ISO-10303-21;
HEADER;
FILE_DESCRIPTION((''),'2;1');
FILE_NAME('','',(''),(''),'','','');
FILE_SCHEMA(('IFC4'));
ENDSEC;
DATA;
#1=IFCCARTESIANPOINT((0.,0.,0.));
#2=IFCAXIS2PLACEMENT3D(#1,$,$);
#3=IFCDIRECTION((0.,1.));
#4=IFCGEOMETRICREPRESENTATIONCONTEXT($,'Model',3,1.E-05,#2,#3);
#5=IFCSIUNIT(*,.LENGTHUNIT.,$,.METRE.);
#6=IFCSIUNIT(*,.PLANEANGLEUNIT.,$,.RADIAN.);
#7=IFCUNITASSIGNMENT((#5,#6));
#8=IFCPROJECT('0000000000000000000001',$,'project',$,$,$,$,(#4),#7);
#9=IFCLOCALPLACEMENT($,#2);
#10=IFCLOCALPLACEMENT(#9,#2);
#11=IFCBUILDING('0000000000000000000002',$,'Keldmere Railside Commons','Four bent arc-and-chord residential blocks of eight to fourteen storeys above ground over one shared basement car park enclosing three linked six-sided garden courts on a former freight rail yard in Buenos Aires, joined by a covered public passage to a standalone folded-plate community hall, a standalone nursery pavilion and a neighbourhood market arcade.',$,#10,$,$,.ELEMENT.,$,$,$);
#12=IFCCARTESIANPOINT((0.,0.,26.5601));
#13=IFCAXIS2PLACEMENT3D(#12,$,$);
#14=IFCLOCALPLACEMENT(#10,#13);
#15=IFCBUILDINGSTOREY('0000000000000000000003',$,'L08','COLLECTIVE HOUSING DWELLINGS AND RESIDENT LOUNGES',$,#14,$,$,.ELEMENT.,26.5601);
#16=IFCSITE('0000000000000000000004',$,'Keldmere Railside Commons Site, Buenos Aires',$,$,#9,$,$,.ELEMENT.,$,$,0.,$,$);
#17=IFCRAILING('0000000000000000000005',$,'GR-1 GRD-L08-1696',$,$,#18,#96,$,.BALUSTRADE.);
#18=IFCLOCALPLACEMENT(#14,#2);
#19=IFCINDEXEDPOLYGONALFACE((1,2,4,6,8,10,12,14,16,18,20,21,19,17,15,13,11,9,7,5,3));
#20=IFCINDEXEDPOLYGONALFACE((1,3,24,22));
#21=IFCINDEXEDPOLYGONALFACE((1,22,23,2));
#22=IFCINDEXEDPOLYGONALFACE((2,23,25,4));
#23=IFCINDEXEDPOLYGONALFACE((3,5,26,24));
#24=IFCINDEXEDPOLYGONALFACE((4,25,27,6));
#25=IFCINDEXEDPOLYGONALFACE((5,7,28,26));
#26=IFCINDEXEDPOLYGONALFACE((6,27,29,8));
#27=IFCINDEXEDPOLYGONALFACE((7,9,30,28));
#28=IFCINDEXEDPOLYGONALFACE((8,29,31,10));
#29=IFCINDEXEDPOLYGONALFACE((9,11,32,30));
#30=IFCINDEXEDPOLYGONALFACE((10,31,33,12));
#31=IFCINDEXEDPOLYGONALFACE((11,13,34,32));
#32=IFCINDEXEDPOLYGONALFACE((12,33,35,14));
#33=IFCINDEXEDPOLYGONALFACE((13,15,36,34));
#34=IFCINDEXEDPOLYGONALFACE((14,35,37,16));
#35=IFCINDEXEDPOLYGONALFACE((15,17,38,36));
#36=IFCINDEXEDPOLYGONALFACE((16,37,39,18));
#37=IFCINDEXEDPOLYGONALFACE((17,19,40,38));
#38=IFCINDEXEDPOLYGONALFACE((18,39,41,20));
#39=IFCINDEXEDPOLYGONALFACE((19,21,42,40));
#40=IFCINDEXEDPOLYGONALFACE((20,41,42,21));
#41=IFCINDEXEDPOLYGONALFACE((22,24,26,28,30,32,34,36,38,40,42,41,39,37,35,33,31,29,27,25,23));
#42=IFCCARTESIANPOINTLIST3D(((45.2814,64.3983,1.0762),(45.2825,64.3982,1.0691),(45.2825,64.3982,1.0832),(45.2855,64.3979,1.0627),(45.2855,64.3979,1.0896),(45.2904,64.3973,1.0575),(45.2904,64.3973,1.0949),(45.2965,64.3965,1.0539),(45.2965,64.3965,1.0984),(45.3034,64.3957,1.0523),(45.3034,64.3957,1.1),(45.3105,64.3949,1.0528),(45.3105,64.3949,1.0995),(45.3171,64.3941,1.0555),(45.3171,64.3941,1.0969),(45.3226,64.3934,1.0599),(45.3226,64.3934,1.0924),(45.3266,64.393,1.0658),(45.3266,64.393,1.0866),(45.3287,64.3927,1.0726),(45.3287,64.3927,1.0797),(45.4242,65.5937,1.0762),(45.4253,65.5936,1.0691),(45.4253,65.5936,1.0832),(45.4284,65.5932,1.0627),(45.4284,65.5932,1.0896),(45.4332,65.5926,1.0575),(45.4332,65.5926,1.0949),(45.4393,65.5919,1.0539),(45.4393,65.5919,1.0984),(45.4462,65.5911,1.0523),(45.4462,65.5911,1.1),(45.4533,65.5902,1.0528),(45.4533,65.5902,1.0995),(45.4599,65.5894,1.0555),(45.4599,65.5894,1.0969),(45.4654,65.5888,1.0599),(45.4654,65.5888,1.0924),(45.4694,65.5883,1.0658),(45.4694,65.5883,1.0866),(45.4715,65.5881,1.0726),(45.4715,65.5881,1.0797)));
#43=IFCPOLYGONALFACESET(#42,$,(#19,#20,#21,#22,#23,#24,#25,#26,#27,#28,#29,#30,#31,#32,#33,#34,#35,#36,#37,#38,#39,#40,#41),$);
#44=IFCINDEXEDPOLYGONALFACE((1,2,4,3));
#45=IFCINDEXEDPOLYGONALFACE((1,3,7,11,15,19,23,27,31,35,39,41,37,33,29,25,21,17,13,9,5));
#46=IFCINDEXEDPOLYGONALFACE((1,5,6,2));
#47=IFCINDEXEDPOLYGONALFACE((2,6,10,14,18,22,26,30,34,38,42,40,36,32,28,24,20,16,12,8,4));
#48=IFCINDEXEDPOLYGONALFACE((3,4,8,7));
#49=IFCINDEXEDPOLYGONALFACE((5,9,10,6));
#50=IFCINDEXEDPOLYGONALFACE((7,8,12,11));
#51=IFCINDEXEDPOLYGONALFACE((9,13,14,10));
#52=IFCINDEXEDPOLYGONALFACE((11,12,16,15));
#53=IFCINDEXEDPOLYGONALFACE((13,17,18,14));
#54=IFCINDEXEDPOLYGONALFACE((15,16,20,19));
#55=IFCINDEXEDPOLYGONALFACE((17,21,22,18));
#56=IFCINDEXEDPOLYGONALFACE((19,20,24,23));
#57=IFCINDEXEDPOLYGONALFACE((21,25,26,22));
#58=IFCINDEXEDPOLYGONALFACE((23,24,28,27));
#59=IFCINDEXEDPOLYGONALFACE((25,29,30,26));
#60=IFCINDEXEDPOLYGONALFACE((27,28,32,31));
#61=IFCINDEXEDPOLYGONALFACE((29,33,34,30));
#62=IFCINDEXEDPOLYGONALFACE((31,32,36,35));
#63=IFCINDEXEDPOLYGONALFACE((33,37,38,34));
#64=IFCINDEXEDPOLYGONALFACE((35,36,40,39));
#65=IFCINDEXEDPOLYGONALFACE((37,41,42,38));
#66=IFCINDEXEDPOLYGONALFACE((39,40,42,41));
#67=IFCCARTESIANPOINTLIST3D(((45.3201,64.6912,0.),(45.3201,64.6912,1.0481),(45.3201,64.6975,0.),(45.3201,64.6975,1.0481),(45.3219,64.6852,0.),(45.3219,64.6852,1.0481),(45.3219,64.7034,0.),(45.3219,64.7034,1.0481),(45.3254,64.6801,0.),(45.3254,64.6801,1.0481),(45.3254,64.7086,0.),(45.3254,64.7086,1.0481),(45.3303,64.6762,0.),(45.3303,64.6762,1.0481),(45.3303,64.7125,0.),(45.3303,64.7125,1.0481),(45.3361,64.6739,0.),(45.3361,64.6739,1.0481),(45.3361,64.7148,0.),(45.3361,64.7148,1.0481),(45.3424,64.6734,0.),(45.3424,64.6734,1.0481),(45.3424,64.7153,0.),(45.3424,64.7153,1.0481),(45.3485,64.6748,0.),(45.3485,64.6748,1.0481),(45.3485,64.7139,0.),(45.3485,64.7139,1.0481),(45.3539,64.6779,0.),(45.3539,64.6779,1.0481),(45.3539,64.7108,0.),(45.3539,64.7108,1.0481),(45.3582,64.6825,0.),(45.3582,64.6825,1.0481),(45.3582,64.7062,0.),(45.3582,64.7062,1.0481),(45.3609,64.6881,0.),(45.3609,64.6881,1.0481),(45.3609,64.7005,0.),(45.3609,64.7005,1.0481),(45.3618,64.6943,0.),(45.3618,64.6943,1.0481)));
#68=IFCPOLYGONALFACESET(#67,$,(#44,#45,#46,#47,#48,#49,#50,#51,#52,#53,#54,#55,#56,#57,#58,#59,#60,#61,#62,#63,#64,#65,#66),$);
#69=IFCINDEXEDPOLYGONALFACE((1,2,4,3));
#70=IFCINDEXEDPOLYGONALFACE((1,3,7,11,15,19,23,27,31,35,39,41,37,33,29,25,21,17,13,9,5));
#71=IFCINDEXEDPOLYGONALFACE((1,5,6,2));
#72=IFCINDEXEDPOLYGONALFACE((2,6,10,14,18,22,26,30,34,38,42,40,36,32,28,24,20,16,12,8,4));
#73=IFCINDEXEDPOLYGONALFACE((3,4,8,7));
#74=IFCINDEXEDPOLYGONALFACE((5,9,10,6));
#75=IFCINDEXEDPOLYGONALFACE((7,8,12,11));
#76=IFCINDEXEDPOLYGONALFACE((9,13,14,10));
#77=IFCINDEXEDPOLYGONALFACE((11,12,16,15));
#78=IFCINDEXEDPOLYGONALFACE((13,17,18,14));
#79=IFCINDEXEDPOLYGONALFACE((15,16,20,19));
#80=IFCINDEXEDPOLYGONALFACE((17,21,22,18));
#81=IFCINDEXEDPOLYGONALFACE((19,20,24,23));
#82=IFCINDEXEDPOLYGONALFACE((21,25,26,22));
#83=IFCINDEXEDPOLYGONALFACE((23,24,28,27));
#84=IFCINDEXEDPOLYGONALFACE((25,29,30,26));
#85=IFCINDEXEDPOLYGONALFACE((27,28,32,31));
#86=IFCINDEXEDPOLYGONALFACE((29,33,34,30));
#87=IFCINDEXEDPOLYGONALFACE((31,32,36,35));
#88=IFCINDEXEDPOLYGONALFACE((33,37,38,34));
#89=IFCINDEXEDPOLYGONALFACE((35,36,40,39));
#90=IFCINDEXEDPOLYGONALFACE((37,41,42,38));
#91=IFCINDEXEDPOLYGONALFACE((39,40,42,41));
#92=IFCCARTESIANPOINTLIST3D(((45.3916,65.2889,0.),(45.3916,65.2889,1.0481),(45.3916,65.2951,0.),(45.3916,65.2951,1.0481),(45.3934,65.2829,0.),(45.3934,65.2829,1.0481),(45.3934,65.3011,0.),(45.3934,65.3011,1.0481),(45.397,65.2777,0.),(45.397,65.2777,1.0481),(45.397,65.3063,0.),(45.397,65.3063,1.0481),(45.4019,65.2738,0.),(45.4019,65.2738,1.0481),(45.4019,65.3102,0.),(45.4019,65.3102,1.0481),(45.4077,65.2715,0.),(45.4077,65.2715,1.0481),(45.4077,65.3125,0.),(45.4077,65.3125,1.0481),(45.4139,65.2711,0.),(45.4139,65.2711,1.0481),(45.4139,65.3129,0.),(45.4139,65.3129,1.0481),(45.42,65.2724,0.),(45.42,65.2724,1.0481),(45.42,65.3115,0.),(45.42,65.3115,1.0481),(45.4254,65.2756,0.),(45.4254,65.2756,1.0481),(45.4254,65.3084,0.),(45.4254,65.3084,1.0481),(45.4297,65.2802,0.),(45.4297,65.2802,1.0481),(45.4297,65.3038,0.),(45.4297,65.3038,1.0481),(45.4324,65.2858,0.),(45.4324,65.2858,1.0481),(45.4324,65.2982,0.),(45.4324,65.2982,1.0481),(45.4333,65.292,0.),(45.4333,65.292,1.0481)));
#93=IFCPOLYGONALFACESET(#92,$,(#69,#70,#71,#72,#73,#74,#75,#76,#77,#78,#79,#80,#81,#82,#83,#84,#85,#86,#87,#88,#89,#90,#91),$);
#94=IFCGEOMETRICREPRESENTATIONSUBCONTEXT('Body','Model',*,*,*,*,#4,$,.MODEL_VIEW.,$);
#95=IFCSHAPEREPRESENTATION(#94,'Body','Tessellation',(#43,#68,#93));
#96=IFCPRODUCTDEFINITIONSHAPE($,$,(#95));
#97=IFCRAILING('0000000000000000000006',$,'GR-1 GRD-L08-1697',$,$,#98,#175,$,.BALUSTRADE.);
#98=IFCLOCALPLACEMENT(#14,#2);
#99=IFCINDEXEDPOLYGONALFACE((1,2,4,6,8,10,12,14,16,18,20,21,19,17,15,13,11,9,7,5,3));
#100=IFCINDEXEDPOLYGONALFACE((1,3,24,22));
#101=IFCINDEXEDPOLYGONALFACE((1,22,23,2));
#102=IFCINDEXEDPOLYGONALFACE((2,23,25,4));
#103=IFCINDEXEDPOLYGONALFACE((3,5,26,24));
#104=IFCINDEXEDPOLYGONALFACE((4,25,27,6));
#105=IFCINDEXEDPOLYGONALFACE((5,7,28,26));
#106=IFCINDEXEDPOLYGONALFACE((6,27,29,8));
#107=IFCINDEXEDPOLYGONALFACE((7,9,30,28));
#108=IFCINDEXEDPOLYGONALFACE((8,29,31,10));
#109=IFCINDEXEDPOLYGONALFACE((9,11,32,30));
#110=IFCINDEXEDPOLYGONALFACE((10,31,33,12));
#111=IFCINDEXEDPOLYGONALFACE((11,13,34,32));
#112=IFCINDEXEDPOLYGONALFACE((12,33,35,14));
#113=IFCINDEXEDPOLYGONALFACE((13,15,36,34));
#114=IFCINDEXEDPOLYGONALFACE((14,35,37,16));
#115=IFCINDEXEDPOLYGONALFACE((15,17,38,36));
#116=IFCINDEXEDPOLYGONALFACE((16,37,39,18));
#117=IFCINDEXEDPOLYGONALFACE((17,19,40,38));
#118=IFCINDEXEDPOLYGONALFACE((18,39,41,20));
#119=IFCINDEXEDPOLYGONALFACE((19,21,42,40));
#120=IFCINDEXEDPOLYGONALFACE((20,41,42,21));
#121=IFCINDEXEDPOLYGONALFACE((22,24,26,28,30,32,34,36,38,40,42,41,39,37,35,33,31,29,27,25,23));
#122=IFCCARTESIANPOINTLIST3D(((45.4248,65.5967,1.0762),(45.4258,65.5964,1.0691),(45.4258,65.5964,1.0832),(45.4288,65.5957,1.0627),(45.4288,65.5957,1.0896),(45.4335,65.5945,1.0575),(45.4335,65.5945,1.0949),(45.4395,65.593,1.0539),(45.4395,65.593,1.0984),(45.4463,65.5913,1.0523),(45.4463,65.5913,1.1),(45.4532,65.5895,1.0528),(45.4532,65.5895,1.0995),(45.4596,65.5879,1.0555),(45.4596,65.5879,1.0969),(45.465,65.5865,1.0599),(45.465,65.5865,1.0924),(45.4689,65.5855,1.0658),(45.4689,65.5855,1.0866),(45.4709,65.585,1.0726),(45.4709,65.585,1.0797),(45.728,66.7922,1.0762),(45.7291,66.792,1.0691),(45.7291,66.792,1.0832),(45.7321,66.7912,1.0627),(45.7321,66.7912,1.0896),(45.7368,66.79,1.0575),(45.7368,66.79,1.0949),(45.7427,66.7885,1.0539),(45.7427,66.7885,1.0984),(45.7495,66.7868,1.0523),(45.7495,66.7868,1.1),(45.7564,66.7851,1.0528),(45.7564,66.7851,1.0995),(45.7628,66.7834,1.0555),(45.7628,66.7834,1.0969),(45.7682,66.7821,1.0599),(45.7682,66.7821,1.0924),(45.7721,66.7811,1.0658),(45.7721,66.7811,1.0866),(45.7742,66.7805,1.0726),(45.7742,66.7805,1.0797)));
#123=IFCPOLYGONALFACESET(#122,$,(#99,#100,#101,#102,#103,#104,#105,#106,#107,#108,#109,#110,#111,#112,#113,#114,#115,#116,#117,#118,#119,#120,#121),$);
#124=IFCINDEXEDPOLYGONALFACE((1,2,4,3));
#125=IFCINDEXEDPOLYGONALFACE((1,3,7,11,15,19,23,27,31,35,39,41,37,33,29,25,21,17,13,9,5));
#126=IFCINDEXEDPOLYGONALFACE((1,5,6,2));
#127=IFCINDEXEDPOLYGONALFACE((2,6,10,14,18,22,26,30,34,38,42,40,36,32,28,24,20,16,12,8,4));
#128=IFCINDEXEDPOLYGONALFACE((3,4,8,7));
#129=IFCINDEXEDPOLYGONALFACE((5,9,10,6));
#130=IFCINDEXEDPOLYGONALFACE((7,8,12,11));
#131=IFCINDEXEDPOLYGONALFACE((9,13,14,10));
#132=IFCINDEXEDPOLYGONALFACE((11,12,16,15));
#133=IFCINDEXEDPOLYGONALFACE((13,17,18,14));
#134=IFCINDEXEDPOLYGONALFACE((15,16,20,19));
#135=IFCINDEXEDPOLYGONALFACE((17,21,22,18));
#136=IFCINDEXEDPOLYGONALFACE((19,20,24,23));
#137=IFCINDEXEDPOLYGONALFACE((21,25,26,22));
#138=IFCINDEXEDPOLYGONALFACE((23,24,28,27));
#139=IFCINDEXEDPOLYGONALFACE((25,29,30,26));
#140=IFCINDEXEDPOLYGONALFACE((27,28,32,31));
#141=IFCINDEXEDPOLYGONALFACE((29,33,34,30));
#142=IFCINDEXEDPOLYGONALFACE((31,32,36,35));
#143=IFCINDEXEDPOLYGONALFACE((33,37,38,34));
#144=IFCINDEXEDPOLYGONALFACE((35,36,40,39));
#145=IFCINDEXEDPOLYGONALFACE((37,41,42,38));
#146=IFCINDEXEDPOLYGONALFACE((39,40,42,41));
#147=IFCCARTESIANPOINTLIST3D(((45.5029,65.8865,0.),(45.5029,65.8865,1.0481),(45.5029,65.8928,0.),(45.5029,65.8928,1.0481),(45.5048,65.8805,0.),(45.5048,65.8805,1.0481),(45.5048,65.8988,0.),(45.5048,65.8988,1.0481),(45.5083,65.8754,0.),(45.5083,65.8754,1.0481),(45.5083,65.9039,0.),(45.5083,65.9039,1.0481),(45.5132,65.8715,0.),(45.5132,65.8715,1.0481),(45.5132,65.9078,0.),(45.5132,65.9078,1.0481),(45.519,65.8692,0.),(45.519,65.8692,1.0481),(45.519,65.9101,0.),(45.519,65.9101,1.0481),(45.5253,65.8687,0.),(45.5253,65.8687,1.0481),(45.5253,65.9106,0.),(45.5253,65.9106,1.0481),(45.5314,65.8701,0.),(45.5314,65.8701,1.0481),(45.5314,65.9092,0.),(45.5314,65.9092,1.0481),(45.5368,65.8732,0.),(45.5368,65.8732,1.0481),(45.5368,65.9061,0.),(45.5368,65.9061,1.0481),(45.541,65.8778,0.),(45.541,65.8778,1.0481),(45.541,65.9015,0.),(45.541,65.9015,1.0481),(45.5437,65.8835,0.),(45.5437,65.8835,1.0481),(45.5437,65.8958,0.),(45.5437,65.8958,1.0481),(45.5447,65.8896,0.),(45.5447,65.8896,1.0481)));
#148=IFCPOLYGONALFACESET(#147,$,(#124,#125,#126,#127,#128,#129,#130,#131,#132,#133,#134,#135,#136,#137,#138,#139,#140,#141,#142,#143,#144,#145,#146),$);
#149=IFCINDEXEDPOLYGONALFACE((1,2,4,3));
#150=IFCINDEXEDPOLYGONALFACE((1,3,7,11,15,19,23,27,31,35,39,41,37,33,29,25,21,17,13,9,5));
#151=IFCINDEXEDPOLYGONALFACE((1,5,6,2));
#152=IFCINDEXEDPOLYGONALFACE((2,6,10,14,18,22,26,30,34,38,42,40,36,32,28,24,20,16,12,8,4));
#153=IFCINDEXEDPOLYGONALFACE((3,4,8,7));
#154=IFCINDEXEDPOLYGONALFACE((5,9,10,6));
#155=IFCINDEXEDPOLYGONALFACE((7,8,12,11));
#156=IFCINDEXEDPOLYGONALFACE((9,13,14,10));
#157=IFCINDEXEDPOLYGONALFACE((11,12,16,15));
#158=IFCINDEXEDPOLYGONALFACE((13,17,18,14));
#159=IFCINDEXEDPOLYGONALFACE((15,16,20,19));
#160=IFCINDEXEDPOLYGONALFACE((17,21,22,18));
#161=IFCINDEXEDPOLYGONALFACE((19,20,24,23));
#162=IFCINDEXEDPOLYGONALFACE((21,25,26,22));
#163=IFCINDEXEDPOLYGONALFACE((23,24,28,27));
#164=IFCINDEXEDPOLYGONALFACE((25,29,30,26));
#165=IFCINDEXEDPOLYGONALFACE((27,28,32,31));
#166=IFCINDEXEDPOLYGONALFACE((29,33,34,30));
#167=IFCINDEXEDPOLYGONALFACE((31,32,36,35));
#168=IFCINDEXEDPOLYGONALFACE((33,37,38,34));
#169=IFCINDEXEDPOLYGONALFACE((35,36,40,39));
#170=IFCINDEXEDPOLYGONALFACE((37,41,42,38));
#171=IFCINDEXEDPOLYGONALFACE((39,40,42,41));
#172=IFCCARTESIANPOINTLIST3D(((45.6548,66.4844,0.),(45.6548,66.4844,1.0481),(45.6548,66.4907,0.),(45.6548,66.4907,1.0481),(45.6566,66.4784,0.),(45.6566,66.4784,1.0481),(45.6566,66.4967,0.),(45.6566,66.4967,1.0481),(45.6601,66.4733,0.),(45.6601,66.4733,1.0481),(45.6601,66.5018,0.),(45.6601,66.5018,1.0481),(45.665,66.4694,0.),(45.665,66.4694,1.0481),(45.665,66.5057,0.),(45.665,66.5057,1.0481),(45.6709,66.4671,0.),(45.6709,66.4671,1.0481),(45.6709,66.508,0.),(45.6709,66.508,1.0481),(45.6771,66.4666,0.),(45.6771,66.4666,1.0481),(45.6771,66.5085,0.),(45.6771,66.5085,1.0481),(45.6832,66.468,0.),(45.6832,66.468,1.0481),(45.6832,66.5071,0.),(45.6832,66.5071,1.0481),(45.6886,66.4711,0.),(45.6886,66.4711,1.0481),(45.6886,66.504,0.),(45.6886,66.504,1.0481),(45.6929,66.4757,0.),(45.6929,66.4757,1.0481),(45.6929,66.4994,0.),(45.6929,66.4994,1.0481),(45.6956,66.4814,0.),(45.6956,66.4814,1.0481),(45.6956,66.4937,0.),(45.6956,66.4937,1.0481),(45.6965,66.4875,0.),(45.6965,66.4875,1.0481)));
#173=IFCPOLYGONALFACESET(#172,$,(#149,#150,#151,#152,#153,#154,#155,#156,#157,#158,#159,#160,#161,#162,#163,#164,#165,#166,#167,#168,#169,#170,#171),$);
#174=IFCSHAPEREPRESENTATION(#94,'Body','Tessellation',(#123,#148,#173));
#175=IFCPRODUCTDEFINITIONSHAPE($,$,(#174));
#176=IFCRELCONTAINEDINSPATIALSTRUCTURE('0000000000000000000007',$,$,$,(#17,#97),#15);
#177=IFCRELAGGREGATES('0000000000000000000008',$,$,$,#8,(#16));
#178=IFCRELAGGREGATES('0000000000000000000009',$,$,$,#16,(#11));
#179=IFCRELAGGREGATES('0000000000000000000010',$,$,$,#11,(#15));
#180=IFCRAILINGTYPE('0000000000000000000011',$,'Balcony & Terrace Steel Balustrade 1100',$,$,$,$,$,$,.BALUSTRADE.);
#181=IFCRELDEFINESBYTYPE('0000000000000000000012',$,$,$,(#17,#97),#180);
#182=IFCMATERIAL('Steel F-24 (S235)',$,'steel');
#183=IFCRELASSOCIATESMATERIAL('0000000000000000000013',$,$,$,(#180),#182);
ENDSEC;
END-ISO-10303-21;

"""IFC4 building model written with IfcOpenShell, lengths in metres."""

from ifc_helpers import new_model, si_unit, direction, frame, origin, origin_2d, place, context, subcontext, project, spatial, circle, extrude, material, type_object, element, save


model = new_model("IFC4")

# Units and contexts
model_context = context("Model", 3, precision=1e-05, world=origin(), true_north=direction((0.0, 1.0)))
body_context = subcontext(model_context, "Body", "Model", "MODEL_VIEW")
ifc_project = project(units=[si_unit("LENGTHUNIT", "METRE"), si_unit("PLANEANGLEUNIT", "RADIAN")], contexts=[model_context])

# Site, building, storey
site_placement = place(None, origin())
site = spatial("IfcSite", under=ifc_project, at=site_placement, Name="Keldmere Railside Commons Site, Buenos Aires", CompositionType="ELEMENT", RefElevation=0.0)
building_placement = place(site_placement, origin())
building = spatial("IfcBuilding", under=site, at=building_placement, Name="Keldmere Railside Commons", Description="Four bent arc-and-chord residential blocks of eight to fourteen storeys above ground over one shared basement car park enclosing three linked six-sided garden courts on a former freight rail yard in Buenos Aires, joined by a covered public passage to a standalone folded-plate community hall, a standalone nursery pavilion and a neighbourhood market arcade.", CompositionType="ELEMENT")
storey_placement = place(building_placement, frame((0.0, 0.0, 26.5601)))
storey = spatial("IfcBuildingStorey", under=building, at=storey_placement, Name="L08", Description="COLLECTIVE HOUSING DWELLINGS AND RESIDENT LOUNGES", CompositionType="ELEMENT", Elevation=26.5601)

# Railings
ifc_material_1 = material(Name="Steel F-24 (S235)", Category="steel")
railing_type_1 = type_object("IfcRailingType", Name="Balcony & Terrace Steel Balustrade 1100", PredefinedType="BALUSTRADE", material=ifc_material_1)
railing_1_placement = place(storey_placement, frame((45.3052, 64.3955, 0.0)))
element("IfcRailing", 1, at=railing_1_placement, inside=storey, type_object=railing_type_1, Name="GR-1 GRD-L08-1696", PredefinedType="BALUSTRADE", context=body_context, shape_type="SweptSolid", body=[
    extrude(circle(Radius=0.0239, at=origin_2d()), frame((0.0, 0.0, 1.0762), z_axis=(0.118641, 0.992937, 0.0), x_axis=(-0.992937, 0.118641, 0.0)), (0.0, 0.0, 1.0), 1.2039),
    extrude(circle(Radius=0.021, at=origin_2d()), frame((0.0356, 0.2988, 0.0)), (0.0, 0.0, 1.0), 1.0481),
    extrude(circle(Radius=0.021, at=origin_2d()), frame((0.1072, 0.8965, 0.0)), (0.0, 0.0, 1.0), 1.0481),
])
railing_2_placement = place(storey_placement, frame((45.448, 65.5908, 0.0)))
element("IfcRailing", 2, at=railing_2_placement, inside=storey, type_object=railing_type_1, Name="GR-1 GRD-L08-1697", PredefinedType="BALUSTRADE", context=body_context, shape_type="SweptSolid", body=[
    extrude(circle(Radius=0.0239, at=origin_2d()), frame((0.0, 0.0, 1.0762), z_axis=(0.245841, 0.96931, 0.0), x_axis=(-0.96931, 0.245841, 0.0)), (0.0, 0.0, 1.0), 1.2334),
    extrude(circle(Radius=0.021, at=origin_2d()), frame((0.0757, 0.2988, 0.0)), (0.0, 0.0, 1.0), 1.0481),
    extrude(circle(Radius=0.021, at=origin_2d()), frame((0.2275, 0.8967, 0.0)), (0.0, 0.0, 1.0), 1.0481),
])

save(model, "model.ifc")
